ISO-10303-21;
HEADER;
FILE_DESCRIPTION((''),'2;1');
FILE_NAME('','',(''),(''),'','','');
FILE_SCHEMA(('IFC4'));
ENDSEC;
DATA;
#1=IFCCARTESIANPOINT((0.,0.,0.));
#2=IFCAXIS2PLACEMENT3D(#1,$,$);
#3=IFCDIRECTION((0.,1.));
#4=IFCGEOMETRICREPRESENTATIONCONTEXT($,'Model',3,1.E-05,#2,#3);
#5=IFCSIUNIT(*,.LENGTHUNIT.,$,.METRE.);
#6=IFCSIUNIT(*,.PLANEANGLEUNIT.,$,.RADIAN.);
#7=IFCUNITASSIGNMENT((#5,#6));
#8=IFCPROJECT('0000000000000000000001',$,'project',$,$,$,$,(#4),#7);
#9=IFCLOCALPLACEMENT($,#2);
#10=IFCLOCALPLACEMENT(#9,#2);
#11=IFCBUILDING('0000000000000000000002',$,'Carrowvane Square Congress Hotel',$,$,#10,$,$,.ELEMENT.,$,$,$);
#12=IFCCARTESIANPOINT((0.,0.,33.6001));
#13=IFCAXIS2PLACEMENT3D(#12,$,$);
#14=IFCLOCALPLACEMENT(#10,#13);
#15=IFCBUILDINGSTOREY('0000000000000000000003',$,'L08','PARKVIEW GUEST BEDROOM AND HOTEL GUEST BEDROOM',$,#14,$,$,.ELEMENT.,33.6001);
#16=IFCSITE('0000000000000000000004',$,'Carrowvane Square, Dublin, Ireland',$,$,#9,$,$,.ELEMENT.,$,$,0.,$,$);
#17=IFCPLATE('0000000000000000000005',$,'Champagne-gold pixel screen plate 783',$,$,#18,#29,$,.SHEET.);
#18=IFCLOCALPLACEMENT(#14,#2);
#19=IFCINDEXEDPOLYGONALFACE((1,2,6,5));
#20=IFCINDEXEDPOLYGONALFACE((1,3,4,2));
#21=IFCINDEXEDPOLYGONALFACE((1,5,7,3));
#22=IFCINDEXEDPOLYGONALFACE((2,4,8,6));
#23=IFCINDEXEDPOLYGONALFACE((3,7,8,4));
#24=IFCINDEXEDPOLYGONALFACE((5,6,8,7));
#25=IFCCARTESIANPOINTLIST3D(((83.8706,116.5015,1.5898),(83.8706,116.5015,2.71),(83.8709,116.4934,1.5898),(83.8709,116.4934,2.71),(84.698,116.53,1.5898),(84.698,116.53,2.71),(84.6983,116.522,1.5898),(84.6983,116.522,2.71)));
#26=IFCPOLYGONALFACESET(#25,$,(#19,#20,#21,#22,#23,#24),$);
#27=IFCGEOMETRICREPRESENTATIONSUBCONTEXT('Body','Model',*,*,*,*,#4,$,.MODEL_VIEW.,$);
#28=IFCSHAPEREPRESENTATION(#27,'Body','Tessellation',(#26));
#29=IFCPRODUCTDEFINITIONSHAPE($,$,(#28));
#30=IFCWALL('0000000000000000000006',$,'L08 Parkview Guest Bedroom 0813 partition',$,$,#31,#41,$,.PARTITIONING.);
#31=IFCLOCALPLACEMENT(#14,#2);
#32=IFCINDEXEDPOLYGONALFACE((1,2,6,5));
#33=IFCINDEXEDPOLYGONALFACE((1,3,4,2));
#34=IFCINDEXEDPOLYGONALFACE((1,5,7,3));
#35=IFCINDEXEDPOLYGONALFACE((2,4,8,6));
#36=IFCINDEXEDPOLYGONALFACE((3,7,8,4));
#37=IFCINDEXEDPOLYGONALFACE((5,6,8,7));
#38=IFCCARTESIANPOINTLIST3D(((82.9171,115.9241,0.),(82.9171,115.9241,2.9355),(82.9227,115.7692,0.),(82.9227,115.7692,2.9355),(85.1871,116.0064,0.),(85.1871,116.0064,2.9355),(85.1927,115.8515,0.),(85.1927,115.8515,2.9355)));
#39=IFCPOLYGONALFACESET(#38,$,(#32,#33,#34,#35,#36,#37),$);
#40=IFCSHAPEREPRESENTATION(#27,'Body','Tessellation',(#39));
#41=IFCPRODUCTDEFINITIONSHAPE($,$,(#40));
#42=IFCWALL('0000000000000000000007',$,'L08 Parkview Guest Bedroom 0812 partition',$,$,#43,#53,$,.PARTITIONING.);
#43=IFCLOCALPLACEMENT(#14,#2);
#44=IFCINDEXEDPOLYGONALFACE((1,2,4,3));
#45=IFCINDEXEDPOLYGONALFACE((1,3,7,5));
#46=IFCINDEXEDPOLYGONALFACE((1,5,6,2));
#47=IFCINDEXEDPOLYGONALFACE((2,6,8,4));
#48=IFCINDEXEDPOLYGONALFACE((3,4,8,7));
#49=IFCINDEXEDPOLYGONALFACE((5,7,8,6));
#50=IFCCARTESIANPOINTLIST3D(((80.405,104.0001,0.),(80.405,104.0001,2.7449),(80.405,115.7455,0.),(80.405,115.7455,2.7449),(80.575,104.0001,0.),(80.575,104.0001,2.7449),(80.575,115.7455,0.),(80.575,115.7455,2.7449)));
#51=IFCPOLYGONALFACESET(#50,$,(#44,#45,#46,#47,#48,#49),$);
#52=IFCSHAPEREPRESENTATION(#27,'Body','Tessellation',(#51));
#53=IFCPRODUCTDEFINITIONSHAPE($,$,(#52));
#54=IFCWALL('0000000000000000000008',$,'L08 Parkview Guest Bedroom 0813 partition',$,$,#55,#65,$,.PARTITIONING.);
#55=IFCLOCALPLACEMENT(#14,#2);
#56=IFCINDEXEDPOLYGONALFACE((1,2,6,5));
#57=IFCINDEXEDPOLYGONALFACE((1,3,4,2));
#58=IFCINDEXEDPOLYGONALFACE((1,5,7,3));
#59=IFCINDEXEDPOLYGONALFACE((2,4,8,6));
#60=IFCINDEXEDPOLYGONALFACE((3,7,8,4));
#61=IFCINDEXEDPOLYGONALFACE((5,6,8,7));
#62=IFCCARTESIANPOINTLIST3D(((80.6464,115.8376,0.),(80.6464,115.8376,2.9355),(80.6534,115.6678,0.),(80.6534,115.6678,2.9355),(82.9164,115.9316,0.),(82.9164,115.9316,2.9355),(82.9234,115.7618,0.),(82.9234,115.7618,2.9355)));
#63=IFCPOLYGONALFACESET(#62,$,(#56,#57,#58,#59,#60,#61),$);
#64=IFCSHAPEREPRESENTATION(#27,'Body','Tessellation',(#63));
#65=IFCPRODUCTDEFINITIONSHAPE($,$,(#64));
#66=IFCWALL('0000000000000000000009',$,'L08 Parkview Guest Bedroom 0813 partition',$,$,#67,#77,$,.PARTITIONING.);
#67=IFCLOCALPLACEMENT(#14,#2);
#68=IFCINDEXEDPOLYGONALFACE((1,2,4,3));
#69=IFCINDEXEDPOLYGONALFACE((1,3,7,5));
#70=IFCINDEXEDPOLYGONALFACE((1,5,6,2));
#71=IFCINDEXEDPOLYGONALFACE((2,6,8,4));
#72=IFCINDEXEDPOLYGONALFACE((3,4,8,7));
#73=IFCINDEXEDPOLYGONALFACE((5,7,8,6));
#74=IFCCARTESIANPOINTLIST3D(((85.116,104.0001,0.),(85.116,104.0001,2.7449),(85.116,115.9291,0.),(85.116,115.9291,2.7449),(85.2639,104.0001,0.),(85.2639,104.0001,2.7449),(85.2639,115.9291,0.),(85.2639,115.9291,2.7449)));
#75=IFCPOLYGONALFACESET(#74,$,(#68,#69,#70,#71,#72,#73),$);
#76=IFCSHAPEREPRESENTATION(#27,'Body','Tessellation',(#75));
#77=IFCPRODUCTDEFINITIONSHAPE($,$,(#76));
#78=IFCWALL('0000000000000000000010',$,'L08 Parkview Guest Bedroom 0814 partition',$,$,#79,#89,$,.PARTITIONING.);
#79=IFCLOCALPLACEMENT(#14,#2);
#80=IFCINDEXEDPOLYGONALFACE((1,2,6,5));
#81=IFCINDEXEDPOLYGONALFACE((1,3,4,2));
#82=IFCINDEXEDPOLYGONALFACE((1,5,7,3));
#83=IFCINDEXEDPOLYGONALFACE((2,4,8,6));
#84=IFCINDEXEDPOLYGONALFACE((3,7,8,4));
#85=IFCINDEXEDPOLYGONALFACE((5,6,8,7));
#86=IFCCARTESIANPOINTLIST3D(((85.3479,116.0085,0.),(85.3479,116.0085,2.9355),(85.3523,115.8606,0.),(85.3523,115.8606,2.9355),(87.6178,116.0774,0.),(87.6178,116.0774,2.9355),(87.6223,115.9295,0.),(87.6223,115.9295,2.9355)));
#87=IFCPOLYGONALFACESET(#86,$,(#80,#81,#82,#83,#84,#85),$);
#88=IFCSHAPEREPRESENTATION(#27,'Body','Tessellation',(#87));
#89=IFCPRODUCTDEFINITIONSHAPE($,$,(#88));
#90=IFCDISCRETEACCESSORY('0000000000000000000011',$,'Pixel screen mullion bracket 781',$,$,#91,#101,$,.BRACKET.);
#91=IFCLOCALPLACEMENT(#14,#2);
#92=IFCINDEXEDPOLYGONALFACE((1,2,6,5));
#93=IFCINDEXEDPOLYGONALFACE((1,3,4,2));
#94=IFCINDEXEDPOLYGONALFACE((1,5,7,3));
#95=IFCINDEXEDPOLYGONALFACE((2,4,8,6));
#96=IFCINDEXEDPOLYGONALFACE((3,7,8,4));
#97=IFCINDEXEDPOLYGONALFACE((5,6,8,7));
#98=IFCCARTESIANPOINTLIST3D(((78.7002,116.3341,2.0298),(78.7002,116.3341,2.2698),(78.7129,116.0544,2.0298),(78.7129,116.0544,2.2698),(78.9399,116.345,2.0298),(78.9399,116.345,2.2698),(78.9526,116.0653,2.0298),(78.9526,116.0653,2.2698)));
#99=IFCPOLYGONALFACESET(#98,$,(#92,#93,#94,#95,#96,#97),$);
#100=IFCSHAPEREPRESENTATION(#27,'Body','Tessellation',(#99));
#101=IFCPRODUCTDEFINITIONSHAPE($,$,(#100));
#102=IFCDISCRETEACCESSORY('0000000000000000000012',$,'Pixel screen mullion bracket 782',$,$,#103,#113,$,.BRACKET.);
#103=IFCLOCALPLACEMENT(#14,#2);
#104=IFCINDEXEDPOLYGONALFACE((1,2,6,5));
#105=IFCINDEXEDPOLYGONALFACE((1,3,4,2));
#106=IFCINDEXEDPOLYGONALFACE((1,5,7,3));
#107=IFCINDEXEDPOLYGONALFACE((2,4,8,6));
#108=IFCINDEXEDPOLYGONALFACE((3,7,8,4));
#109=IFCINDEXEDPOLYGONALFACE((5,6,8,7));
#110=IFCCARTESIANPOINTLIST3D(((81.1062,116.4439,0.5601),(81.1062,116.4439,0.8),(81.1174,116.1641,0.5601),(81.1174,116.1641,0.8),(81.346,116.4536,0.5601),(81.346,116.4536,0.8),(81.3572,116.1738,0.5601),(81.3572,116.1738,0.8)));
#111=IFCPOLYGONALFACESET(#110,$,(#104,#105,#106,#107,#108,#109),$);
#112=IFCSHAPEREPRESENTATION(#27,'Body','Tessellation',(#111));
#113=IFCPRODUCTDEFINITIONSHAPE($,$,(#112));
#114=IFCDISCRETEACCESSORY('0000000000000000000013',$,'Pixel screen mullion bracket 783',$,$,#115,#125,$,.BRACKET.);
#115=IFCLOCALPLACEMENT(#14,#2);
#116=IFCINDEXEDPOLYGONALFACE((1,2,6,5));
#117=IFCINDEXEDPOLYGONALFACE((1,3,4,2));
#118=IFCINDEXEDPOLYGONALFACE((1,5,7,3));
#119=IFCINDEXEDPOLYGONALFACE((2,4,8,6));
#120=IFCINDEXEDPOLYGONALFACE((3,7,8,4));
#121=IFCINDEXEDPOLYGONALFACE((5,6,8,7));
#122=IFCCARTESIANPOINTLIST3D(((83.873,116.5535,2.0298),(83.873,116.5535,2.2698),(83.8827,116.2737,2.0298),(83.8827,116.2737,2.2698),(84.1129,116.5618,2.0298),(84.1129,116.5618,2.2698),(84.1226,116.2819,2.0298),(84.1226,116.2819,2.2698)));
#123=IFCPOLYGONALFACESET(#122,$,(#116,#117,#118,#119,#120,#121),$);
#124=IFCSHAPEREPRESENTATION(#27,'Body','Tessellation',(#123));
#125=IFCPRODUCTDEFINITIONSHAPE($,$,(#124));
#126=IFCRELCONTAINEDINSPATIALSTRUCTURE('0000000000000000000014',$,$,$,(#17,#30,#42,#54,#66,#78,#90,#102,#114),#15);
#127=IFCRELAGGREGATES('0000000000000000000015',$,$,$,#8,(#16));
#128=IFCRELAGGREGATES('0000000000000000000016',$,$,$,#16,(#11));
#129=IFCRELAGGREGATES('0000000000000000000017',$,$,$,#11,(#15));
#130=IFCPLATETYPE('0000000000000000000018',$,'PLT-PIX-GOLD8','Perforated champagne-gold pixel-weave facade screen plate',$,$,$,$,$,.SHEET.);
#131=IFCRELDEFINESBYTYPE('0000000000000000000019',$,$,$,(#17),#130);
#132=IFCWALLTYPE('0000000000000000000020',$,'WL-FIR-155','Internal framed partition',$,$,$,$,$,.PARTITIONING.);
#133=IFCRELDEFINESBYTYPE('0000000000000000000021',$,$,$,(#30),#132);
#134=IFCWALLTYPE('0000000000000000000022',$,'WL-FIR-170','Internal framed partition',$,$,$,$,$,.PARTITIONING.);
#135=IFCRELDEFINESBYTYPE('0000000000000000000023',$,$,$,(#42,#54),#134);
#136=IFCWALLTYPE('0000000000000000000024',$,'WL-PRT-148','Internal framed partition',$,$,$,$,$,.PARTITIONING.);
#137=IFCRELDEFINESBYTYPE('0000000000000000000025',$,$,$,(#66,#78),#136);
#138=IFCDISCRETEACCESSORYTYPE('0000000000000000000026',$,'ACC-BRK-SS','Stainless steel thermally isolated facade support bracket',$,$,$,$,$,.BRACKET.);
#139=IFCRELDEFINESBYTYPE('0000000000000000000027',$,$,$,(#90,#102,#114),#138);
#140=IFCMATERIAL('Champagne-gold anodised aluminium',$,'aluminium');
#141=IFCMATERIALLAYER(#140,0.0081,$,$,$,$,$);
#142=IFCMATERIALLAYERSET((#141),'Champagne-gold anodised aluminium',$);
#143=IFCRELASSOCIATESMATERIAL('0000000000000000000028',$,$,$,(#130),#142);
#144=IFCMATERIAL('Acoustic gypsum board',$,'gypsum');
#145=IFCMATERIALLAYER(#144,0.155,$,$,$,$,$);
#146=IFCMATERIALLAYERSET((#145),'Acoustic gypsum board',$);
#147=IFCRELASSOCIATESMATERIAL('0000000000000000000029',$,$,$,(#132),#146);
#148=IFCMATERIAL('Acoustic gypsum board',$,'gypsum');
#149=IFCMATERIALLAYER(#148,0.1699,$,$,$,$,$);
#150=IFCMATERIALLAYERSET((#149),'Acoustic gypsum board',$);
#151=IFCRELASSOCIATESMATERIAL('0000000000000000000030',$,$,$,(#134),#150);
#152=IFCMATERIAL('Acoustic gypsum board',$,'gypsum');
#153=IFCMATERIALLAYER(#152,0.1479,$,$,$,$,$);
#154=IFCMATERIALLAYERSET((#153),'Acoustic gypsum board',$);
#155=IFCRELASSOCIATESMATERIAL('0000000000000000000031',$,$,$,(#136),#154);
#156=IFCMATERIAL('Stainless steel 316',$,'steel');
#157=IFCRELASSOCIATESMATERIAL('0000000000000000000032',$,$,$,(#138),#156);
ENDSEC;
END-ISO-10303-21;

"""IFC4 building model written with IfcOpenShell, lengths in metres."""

from ifc_helpers import new_model, si_unit, direction, frame, frame_2d, origin, origin_2d, place, context, subcontext, project, spatial, rectangle, extrude, material, layer, layer_set, type_object, element, save


model = new_model("IFC4")

# Units and contexts
model_context = context("Model", 3, precision=1e-05, world=origin(), true_north=direction((0.0, 1.0)))
body_context = subcontext(model_context, "Body", "Model", "MODEL_VIEW")
ifc_project = project(units=[si_unit("LENGTHUNIT", "METRE"), si_unit("PLANEANGLEUNIT", "RADIAN")], contexts=[model_context])

# Site, building, storey
site_placement = place(None, origin())
site = spatial("IfcSite", under=ifc_project, at=site_placement, Name="Carrowvane Square, Dublin, Ireland", CompositionType="ELEMENT", RefElevation=0.0)
building_placement = place(site_placement, origin())
building = spatial("IfcBuilding", under=site, at=building_placement, Name="Carrowvane Square Congress Hotel", CompositionType="ELEMENT")
storey_placement = place(building_placement, frame((0.0, 0.0, 33.6001)))
storey = spatial("IfcBuildingStorey", under=building, at=storey_placement, Name="L08", Description="PARKVIEW GUEST BEDROOM AND HOTEL GUEST BEDROOM", CompositionType="ELEMENT", Elevation=33.6001)

# Plate
ifc_material_1 = material(Name="Champagne-gold anodised aluminium", Category="aluminium")
ifc_layer_1 = layer(ifc_material_1, 0.0081)
ifc_layer_set_1 = layer_set([ifc_layer_1], Name="Champagne-gold anodised aluminium")
plate_type_1 = type_object("IfcPlateType", Name="PLT-PIX-GOLD8", Description="Perforated champagne-gold pixel-weave facade screen plate", PredefinedType="SHEET", material=ifc_layer_set_1)
for number, where, z_axis, x_axis, name in (
    (1, (84.2844, 116.5117, 1.5898), (0.0, 0.0, 1.0), (0.999404, 0.034527, 0.0), "Champagne-gold pixel screen plate 783"),
):
    element("IfcPlate", number, at=place(storey_placement, frame(where, z_axis=z_axis, x_axis=x_axis)), inside=storey, type_object=plate_type_1, Name=name, PredefinedType="SHEET", context=body_context, shape_type="SweptSolid", body=[
        extrude(rectangle(XDim=0.8279, YDim=0.0081, at=origin_2d()), origin(), (0.0, 0.0, 1.0), 1.1201),
    ])

# Walls
ifc_material_2 = material(Name="Acoustic gypsum board", Category="gypsum")
ifc_layer_2 = layer(ifc_material_2, 0.155)
ifc_layer_set_2 = layer_set([ifc_layer_2], Name="Acoustic gypsum board")
wall_type_1 = type_object("IfcWallType", Name="WL-FIR-155", Description="Internal framed partition", PredefinedType="PARTITIONING", material=ifc_layer_set_2)
wall_1_placement = place(storey_placement, frame((82.9199, 115.8467, 0.0), z_axis=(0.0, 0.0, 1.0), x_axis=(0.999344, 0.036221, 0.0)))
element("IfcWall", 2, at=wall_1_placement, inside=storey, type_object=wall_type_1, Name="L08 Parkview Guest Bedroom 0813 partition", PredefinedType="PARTITIONING", context=body_context, shape_type="SweptSolid", body=[
    extrude(rectangle(XDim=2.2715, YDim=0.155, at=frame_2d((1.1357, 0.0))), origin(), (0.0, 0.0, 1.0), 2.9355),
])
ifc_material_3 = material(Name="Acoustic gypsum board", Category="gypsum")
ifc_layer_3 = layer(ifc_material_3, 0.1699)
ifc_layer_set_3 = layer_set([ifc_layer_3], Name="Acoustic gypsum board")
wall_type_2 = type_object("IfcWallType", Name="WL-FIR-170", Description="Internal framed partition", PredefinedType="PARTITIONING", material=ifc_layer_set_3)
wall_2_placement = place(storey_placement, frame((80.49, 115.7454, 0.0), z_axis=(0.0, 0.0, 1.0), x_axis=(0.0, -1.0, 0.0)))
element("IfcWall", 3, at=wall_2_placement, inside=storey, type_object=wall_type_2, Name="L08 Parkview Guest Bedroom 0812 partition", PredefinedType="PARTITIONING", context=body_context, shape_type="SweptSolid", body=[
    extrude(rectangle(XDim=11.7454, YDim=0.1699, at=frame_2d((5.8726, 0.0))), origin(), (0.0, 0.0, 1.0), 2.7449),
])
wall_3_placement = place(storey_placement, frame((80.6499, 115.7527, 0.0), z_axis=(0.0, 0.0, 1.0), x_axis=(0.999144, 0.041371, 0.0)))
element("IfcWall", 4, at=wall_3_placement, inside=storey, type_object=wall_type_2, Name="L08 Parkview Guest Bedroom 0813 partition", PredefinedType="PARTITIONING", context=body_context, shape_type="SweptSolid", body=[
    extrude(rectangle(XDim=2.272, YDim=0.1699, at=frame_2d((1.136, 0.0))), origin(), (0.0, 0.0, 1.0), 2.9355),
])
ifc_material_4 = material(Name="Acoustic gypsum board", Category="gypsum")
ifc_layer_4 = layer(ifc_material_4, 0.1479)
ifc_layer_set_4 = layer_set([ifc_layer_4], Name="Acoustic gypsum board")
wall_type_3 = type_object("IfcWallType", Name="WL-PRT-148", Description="Internal framed partition", PredefinedType="PARTITIONING", material=ifc_layer_set_4)
wall_4_placement = place(storey_placement, frame((85.1899, 115.929, 0.0), z_axis=(0.0, 0.0, 1.0), x_axis=(0.0, -1.0, 0.0)))
element("IfcWall", 5, at=wall_4_placement, inside=storey, type_object=wall_type_3, Name="L08 Parkview Guest Bedroom 0813 partition", PredefinedType="PARTITIONING", context=body_context, shape_type="SweptSolid", body=[
    extrude(rectangle(XDim=11.929, YDim=0.1479, at=frame_2d((5.9644, 0.0))), origin(), (0.0, 0.0, 1.0), 2.7449),
])
wall_5_placement = place(storey_placement, frame((85.3501, 115.9346, 0.0), z_axis=(0.0, 0.0, 1.0), x_axis=(0.99954, 0.030315, 0.0)))
element("IfcWall", 6, at=wall_5_placement, inside=storey, type_object=wall_type_3, Name="L08 Parkview Guest Bedroom 0814 partition", PredefinedType="PARTITIONING", context=body_context, shape_type="SweptSolid", body=[
    extrude(rectangle(XDim=2.271, YDim=0.1479, at=frame_2d((1.1355, 0.0))), origin(), (0.0, 0.0, 1.0), 2.9355),
])

# Discrete accessories
ifc_material_5 = material(Name="Stainless steel 316", Category="steel")
discrete_accessory_type = type_object("IfcDiscreteAccessoryType", Name="ACC-BRK-SS", Description="Stainless steel thermally isolated facade support bracket", PredefinedType="BRACKET", material=ifc_material_5)
for number, where, z_axis, x_axis, name in (
    (7, (78.8264, 116.1997, 2.0298), (0.0, 0.0, 1.0), (0.998968, 0.045414, 0.0), "Pixel screen mullion bracket 781"),
    (8, (81.2317, 116.3088, 0.5601), (0.0, 0.0, 1.0), (0.999194, 0.040134, 0.0), "Pixel screen mullion bracket 782"),
    (9, (83.9978, 116.4177, 2.0298), (0.0, 0.0, 1.0), (0.999404, 0.034527, 0.0), "Pixel screen mullion bracket 783"),
):
    element("IfcDiscreteAccessory", number, at=place(storey_placement, frame(where, z_axis=z_axis, x_axis=x_axis)), inside=storey, type_object=discrete_accessory_type, Name=name, PredefinedType="BRACKET", context=body_context, shape_type="SweptSolid", body=[
        extrude(rectangle(XDim=0.24, YDim=0.28, at=origin_2d()), origin(), (0.0, 0.0, 1.0), 0.24),
    ])

save(model, "model.ifc")
